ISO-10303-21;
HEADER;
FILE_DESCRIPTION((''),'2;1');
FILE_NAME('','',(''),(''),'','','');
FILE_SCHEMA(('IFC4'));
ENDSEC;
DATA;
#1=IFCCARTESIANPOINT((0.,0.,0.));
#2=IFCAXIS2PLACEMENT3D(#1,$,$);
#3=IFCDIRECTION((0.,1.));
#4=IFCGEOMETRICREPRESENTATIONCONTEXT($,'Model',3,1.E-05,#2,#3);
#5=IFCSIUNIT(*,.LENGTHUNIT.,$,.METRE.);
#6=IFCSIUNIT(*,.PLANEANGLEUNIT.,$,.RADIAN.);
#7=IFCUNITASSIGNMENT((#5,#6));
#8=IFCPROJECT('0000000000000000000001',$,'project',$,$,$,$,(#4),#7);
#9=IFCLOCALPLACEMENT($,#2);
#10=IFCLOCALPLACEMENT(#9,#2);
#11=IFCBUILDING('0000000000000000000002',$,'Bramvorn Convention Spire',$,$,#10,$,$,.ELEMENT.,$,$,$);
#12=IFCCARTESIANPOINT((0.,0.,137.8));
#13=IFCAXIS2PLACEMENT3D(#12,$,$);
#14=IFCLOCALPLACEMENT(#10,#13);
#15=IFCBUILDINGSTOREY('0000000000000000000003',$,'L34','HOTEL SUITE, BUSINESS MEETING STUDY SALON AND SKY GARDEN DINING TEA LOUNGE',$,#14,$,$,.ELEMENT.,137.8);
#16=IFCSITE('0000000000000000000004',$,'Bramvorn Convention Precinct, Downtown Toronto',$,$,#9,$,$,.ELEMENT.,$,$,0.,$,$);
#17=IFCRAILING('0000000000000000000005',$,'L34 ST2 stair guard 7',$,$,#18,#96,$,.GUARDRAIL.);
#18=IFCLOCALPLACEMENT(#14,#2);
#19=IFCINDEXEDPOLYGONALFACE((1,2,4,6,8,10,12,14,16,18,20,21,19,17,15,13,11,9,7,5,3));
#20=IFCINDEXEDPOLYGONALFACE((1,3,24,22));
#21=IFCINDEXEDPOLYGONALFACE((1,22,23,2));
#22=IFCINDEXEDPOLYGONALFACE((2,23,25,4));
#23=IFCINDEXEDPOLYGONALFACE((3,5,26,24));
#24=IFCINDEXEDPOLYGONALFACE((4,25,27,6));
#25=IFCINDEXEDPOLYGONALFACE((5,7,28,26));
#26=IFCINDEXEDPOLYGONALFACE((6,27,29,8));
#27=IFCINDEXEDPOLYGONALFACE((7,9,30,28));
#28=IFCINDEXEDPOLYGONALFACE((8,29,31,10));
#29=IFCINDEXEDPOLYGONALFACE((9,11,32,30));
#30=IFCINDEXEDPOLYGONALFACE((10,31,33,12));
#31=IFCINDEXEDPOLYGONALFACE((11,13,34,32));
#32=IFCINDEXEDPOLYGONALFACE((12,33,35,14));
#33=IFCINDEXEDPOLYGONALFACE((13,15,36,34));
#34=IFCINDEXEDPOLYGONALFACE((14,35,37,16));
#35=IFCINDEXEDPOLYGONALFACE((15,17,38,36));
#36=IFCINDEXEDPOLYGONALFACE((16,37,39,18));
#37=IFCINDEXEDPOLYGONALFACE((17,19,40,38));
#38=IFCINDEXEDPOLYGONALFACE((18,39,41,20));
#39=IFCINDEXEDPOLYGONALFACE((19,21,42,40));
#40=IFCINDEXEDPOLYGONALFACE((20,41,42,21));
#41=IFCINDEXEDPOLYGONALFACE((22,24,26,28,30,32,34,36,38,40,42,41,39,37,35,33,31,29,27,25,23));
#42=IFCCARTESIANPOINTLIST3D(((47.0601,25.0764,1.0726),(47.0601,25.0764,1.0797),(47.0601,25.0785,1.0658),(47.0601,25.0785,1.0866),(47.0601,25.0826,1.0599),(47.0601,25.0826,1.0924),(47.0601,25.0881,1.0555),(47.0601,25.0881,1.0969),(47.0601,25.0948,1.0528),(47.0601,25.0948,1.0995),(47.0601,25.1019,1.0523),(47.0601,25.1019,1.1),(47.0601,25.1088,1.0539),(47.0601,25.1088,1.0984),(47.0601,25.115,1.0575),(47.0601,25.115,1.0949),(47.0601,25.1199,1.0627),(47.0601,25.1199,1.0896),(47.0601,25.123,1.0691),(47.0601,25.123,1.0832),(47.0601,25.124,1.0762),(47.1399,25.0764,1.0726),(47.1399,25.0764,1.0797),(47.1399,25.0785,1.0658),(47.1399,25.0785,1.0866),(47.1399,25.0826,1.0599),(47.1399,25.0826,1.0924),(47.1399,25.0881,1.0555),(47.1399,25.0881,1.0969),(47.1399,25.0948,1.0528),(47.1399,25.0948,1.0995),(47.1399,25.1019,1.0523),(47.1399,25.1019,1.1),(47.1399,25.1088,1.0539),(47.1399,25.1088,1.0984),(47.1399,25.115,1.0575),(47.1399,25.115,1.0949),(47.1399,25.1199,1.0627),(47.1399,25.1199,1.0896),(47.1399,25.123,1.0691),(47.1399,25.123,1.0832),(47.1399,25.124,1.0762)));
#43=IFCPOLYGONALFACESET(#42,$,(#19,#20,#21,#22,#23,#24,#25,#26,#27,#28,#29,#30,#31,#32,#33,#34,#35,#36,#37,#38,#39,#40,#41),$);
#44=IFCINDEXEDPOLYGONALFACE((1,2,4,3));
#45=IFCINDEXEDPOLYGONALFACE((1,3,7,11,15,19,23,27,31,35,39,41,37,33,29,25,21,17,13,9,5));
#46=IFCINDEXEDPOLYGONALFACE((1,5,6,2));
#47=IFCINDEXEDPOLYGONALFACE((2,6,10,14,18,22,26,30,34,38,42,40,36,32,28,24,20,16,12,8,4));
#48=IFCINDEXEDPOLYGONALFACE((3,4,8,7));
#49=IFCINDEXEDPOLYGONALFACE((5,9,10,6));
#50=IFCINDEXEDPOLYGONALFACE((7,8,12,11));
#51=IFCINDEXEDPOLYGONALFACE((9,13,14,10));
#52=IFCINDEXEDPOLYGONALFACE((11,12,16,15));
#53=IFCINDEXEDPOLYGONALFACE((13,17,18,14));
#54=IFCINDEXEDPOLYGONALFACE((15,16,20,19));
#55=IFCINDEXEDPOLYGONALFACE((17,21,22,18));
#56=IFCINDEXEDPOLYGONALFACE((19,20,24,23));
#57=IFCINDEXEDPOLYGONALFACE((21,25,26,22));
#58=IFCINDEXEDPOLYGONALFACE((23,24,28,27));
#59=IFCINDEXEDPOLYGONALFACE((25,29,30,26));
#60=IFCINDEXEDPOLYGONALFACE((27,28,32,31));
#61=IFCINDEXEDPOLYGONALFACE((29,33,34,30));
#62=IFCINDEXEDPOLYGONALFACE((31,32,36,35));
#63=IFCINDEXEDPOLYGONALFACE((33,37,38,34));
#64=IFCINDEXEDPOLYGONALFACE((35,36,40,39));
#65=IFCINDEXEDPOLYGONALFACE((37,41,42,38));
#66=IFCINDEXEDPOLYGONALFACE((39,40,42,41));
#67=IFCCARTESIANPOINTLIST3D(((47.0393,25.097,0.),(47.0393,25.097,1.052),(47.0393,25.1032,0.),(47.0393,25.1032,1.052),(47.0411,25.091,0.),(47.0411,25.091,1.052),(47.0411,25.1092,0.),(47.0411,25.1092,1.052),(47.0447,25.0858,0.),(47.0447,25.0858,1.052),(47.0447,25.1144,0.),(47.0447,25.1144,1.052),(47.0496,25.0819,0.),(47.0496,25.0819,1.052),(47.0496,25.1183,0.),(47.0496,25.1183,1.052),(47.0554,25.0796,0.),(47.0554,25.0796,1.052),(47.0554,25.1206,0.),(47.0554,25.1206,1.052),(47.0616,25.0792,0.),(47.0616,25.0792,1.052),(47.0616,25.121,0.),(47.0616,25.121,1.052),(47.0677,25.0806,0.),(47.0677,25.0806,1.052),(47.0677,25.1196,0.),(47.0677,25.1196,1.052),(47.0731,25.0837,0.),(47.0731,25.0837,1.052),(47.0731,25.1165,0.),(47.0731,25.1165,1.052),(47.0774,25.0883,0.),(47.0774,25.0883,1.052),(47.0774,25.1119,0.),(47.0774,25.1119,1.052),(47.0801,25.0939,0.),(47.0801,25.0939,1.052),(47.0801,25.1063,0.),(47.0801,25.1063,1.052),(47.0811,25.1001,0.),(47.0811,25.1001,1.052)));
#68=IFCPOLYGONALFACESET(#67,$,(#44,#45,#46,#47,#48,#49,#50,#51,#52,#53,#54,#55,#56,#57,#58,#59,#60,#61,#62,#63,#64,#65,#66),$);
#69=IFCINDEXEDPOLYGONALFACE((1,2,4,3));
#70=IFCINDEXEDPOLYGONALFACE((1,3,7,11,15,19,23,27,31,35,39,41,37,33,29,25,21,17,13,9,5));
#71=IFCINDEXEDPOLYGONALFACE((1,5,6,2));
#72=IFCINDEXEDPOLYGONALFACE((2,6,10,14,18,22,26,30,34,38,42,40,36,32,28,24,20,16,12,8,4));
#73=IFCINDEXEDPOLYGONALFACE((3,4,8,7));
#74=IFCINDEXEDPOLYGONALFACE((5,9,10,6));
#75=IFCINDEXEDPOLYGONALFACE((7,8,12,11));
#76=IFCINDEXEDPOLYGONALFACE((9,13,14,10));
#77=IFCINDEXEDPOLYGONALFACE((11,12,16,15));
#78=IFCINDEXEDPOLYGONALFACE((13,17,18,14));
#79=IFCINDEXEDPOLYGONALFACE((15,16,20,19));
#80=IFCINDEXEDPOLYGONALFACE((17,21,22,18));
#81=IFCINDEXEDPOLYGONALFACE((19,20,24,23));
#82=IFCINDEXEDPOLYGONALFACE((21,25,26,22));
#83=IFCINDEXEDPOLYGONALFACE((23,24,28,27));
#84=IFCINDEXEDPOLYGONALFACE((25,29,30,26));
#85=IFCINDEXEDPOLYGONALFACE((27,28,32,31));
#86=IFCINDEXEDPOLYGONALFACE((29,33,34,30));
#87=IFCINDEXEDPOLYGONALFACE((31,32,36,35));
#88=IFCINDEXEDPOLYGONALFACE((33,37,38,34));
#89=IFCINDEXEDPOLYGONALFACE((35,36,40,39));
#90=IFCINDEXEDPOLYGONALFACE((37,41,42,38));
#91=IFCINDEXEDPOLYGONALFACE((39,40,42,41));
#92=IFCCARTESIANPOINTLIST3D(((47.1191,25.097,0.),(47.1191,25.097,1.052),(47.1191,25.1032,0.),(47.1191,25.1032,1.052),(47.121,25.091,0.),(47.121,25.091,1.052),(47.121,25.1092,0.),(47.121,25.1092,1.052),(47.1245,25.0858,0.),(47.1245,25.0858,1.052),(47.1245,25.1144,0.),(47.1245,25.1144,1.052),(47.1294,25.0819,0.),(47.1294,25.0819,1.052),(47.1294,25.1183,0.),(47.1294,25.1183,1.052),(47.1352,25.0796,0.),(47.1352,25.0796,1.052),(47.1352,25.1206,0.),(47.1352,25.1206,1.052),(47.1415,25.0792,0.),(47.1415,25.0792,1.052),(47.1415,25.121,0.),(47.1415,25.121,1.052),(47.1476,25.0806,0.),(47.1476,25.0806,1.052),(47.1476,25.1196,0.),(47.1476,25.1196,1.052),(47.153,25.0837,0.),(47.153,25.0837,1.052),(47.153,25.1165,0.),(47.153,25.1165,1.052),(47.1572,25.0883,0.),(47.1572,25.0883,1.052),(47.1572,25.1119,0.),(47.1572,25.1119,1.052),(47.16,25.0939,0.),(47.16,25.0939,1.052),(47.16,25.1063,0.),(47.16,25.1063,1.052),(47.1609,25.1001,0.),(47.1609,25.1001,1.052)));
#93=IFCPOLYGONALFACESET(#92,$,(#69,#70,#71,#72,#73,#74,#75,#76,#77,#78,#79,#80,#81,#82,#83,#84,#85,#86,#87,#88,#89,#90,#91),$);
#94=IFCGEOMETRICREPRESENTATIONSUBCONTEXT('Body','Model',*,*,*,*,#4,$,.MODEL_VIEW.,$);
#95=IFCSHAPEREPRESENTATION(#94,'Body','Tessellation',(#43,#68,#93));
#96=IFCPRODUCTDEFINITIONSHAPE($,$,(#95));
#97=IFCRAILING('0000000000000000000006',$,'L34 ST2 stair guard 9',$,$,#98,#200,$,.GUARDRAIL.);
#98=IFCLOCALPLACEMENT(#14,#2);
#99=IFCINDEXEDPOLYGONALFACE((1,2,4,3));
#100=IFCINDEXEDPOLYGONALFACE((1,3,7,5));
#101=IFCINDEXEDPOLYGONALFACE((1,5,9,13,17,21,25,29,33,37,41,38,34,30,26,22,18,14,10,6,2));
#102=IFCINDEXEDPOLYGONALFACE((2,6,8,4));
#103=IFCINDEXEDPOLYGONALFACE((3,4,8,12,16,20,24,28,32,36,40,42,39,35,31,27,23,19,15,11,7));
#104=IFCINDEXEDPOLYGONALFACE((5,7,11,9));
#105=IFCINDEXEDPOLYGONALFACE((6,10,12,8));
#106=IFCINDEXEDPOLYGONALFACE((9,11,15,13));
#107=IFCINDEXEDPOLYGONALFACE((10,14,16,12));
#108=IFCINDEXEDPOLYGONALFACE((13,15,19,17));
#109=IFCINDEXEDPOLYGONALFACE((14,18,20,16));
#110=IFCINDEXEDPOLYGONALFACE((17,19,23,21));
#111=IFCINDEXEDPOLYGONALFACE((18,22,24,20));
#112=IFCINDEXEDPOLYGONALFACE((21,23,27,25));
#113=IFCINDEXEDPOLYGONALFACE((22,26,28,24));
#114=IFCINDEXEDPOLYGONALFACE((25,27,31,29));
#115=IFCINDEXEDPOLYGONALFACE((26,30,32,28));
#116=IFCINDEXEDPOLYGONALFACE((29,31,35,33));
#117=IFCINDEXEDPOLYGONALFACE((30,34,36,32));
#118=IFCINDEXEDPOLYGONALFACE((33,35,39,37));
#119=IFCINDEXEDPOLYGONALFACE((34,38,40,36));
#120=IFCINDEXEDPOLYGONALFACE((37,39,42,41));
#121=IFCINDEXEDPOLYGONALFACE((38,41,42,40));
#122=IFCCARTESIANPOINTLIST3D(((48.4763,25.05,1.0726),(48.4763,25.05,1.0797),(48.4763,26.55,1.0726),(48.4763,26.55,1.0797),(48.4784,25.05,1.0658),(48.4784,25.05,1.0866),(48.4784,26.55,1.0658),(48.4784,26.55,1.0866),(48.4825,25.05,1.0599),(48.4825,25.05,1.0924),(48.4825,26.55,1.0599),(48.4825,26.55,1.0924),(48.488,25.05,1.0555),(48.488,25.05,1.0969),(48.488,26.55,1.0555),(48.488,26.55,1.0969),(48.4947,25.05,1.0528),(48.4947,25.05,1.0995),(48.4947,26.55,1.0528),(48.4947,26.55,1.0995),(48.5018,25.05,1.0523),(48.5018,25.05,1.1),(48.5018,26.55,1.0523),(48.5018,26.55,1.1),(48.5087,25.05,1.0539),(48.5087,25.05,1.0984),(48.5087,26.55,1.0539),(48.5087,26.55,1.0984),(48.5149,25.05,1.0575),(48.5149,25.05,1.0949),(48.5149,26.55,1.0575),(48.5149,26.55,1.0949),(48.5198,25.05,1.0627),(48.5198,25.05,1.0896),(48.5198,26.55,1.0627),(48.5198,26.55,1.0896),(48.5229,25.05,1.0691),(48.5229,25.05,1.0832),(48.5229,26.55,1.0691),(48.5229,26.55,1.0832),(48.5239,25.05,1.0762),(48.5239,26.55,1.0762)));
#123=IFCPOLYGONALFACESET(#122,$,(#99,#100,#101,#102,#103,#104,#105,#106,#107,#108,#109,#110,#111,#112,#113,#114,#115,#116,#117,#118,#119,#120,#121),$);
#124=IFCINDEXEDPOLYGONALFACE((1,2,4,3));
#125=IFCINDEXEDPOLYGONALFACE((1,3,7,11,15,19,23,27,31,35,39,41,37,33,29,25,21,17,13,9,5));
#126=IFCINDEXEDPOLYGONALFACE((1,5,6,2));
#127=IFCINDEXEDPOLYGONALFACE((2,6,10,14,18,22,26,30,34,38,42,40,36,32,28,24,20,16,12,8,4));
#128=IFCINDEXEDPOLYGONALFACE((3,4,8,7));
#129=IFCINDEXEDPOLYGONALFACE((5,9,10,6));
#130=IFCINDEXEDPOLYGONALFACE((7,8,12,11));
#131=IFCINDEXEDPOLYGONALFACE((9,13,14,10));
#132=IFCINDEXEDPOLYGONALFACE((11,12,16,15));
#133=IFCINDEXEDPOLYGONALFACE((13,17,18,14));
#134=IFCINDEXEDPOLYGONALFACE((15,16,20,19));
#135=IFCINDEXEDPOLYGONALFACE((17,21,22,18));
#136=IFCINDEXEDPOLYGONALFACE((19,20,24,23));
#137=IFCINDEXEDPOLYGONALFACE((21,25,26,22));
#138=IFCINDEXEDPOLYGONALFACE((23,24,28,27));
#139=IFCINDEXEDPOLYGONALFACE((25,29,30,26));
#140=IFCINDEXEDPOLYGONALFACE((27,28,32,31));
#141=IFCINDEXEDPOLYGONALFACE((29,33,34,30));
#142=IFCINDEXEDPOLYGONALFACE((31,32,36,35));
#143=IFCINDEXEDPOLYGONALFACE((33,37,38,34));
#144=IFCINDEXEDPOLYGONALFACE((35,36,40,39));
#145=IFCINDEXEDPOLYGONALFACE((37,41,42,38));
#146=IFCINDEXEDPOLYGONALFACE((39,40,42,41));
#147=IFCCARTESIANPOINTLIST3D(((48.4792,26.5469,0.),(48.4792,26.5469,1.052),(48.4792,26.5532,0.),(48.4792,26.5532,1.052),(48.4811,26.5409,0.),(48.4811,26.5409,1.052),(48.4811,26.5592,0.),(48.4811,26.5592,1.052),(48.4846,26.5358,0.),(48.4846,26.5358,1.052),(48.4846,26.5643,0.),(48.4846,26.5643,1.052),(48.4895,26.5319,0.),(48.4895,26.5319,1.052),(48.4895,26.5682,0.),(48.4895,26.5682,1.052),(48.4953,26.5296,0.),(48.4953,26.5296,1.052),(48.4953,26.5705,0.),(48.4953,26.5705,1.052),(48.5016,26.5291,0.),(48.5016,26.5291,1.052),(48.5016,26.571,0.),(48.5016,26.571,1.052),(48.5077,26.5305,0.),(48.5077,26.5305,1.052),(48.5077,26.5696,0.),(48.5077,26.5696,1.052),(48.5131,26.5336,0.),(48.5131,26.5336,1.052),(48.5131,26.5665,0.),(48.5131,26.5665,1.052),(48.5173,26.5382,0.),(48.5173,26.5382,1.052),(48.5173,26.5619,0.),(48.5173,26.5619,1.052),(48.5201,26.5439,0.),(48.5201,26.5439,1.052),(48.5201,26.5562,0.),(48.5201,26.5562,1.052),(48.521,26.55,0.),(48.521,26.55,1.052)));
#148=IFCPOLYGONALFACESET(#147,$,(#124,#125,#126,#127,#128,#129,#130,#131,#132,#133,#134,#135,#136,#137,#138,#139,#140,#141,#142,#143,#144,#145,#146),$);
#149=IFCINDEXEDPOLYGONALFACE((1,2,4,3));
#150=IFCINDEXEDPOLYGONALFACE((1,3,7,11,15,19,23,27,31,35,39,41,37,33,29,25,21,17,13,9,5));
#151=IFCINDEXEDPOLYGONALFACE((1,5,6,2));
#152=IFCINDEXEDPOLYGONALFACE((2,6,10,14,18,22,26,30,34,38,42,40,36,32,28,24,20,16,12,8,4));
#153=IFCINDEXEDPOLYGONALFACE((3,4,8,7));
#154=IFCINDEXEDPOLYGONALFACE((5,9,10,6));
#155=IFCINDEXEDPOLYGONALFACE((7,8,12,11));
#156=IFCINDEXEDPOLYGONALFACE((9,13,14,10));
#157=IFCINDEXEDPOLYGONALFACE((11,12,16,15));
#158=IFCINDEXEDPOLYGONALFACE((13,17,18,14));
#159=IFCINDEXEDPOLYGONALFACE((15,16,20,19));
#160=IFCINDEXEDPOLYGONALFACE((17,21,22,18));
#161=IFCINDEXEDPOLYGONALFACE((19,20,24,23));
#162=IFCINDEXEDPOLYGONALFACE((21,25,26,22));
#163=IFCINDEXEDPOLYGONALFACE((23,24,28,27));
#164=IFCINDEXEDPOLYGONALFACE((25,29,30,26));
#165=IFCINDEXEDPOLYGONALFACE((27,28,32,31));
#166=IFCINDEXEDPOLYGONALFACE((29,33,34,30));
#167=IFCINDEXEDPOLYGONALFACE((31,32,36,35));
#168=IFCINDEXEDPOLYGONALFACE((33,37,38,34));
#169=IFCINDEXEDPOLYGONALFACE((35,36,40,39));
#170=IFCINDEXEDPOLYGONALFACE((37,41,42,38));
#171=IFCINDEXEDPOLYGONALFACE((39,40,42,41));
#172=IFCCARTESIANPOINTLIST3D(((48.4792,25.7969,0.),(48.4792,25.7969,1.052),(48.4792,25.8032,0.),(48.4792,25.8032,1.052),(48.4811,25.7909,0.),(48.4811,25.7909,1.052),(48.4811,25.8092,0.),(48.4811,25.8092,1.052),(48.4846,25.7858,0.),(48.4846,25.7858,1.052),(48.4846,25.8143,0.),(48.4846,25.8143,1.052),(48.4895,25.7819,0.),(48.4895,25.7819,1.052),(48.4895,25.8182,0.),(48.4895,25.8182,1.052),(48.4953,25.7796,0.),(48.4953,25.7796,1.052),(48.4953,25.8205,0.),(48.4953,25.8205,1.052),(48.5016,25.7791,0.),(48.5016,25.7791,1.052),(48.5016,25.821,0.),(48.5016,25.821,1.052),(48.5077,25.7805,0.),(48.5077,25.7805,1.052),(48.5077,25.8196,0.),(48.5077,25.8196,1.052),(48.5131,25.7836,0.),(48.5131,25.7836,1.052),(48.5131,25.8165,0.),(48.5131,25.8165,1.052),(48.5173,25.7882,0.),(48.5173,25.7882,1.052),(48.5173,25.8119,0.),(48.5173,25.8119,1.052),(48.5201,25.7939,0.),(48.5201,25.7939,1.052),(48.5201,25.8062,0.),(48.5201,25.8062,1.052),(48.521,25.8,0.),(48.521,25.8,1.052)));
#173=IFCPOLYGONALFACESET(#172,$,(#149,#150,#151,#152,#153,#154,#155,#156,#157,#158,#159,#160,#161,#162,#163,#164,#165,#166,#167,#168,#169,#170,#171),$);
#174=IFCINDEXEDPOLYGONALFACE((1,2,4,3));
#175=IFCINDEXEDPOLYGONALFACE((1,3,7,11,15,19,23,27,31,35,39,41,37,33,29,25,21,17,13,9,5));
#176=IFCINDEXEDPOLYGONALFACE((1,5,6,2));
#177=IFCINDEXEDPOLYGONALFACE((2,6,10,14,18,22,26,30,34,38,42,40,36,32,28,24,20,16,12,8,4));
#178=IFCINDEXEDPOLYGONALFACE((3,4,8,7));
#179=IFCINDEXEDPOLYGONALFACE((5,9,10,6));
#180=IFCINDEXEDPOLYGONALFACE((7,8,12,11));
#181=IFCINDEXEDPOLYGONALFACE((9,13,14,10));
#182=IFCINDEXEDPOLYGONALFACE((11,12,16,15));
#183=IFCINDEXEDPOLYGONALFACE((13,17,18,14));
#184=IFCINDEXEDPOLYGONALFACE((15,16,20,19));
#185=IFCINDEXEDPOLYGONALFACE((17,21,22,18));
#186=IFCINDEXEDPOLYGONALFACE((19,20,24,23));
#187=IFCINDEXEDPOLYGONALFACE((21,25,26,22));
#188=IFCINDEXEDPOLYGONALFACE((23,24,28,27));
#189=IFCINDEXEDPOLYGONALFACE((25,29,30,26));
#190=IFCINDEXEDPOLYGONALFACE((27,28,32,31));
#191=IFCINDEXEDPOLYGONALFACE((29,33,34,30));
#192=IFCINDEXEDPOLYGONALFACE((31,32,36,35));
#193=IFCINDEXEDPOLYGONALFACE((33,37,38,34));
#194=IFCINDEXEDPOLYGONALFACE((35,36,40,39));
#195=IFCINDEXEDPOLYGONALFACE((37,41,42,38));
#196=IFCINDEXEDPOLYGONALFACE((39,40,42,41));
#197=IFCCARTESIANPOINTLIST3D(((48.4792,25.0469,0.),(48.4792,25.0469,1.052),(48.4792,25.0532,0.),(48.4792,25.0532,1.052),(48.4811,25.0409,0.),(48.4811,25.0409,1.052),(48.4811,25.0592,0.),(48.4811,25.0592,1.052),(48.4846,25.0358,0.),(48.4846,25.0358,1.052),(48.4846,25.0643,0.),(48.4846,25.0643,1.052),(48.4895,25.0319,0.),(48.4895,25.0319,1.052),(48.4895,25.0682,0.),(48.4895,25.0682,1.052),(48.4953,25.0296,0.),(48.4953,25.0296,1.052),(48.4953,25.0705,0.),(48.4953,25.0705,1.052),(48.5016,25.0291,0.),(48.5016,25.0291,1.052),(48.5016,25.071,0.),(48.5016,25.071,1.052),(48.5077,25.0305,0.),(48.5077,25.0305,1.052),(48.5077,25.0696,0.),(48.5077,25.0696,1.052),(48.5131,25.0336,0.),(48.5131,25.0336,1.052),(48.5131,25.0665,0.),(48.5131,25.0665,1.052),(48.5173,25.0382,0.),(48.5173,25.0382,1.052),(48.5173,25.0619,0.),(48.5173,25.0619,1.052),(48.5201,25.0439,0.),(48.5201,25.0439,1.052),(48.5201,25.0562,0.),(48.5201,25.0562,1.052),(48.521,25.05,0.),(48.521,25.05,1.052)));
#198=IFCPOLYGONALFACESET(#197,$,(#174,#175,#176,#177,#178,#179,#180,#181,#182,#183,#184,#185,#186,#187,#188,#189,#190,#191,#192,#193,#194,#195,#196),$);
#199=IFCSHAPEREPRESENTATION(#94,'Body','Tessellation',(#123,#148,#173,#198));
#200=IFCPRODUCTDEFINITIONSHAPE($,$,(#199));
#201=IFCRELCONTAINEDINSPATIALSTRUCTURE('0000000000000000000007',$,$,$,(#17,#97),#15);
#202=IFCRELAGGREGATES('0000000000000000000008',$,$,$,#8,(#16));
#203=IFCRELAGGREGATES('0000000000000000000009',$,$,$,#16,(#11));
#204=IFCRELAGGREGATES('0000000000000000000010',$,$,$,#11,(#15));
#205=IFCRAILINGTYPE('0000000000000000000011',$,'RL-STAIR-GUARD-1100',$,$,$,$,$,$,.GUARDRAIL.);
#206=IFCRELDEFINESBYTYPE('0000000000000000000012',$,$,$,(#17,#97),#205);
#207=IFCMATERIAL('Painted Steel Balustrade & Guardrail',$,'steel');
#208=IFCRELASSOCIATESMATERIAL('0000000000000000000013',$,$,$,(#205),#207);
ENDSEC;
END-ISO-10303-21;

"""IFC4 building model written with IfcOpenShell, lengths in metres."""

from ifc_helpers import new_model, si_unit, direction, frame, origin, origin_2d, place, context, subcontext, project, spatial, circle, extrude, material, type_object, element, save


model = new_model("IFC4")

# Units and contexts
model_context = context("Model", 3, precision=1e-05, world=origin(), true_north=direction((0.0, 1.0)))
body_context = subcontext(model_context, "Body", "Model", "MODEL_VIEW")
ifc_project = project(units=[si_unit("LENGTHUNIT", "METRE"), si_unit("PLANEANGLEUNIT", "RADIAN")], contexts=[model_context])

# Site, building, storey
site_placement = place(None, origin())
site = spatial("IfcSite", under=ifc_project, at=site_placement, Name="Bramvorn Convention Precinct, Downtown Toronto", CompositionType="ELEMENT", RefElevation=0.0)
building_placement = place(site_placement, origin())
building = spatial("IfcBuilding", under=site, at=building_placement, Name="Bramvorn Convention Spire", CompositionType="ELEMENT")
storey_placement = place(building_placement, frame((0.0, 0.0, 137.8)))
storey = spatial("IfcBuildingStorey", under=building, at=storey_placement, Name="L34", Description="HOTEL SUITE, BUSINESS MEETING STUDY SALON AND SKY GARDEN DINING TEA LOUNGE", CompositionType="ELEMENT", Elevation=137.8)

# Railings
ifc_material_1 = material(Name="Painted Steel Balustrade & Guardrail", Category="steel")
railing_type_1 = type_object("IfcRailingType", Name="RL-STAIR-GUARD-1100", PredefinedType="GUARDRAIL", material=ifc_material_1)
railing_1_placement = place(storey_placement, frame((47.0601, 25.1001, 0.0)))
element("IfcRailing", 1, at=railing_1_placement, inside=storey, type_object=railing_type_1, Name="L34 ST2 stair guard 7", PredefinedType="GUARDRAIL", context=body_context, shape_type="SweptSolid", body=[
    extrude(circle(Radius=0.0239, at=origin_2d()), frame((0.0, 0.0, 1.0762), z_axis=(1.0, 0.0, 0.0), x_axis=(0.0, 1.0, 0.0)), (0.0, 0.0, 1.0), 0.0798),
    extrude(circle(Radius=0.021, at=origin_2d()), origin(), (0.0, 0.0, 1.0), 1.052),
    extrude(circle(Radius=0.021, at=origin_2d()), frame((0.0798, 0.0, 0.0)), (0.0, 0.0, 1.0), 1.052),
])
railing_2_placement = place(storey_placement, frame((48.5, 26.55, 0.0)))
element("IfcRailing", 2, at=railing_2_placement, inside=storey, type_object=railing_type_1, Name="L34 ST2 stair guard 9", PredefinedType="GUARDRAIL", context=body_context, shape_type="SweptSolid", body=[
    extrude(circle(Radius=0.0239, at=origin_2d()), frame((0.0, 0.0, 1.0762), z_axis=(0.0, -1.0, 0.0), x_axis=(1.0, 0.0, 0.0)), (0.0, 0.0, 1.0), 1.5),
    extrude(circle(Radius=0.021, at=origin_2d()), origin(), (0.0, 0.0, 1.0), 1.052),
    extrude(circle(Radius=0.021, at=origin_2d()), frame((0.0, -0.75, 0.0)), (0.0, 0.0, 1.0), 1.052),
    extrude(circle(Radius=0.021, at=origin_2d()), frame((0.0, -1.5, 0.0)), (0.0, 0.0, 1.0), 1.052),
])

save(model, "model.ifc")
